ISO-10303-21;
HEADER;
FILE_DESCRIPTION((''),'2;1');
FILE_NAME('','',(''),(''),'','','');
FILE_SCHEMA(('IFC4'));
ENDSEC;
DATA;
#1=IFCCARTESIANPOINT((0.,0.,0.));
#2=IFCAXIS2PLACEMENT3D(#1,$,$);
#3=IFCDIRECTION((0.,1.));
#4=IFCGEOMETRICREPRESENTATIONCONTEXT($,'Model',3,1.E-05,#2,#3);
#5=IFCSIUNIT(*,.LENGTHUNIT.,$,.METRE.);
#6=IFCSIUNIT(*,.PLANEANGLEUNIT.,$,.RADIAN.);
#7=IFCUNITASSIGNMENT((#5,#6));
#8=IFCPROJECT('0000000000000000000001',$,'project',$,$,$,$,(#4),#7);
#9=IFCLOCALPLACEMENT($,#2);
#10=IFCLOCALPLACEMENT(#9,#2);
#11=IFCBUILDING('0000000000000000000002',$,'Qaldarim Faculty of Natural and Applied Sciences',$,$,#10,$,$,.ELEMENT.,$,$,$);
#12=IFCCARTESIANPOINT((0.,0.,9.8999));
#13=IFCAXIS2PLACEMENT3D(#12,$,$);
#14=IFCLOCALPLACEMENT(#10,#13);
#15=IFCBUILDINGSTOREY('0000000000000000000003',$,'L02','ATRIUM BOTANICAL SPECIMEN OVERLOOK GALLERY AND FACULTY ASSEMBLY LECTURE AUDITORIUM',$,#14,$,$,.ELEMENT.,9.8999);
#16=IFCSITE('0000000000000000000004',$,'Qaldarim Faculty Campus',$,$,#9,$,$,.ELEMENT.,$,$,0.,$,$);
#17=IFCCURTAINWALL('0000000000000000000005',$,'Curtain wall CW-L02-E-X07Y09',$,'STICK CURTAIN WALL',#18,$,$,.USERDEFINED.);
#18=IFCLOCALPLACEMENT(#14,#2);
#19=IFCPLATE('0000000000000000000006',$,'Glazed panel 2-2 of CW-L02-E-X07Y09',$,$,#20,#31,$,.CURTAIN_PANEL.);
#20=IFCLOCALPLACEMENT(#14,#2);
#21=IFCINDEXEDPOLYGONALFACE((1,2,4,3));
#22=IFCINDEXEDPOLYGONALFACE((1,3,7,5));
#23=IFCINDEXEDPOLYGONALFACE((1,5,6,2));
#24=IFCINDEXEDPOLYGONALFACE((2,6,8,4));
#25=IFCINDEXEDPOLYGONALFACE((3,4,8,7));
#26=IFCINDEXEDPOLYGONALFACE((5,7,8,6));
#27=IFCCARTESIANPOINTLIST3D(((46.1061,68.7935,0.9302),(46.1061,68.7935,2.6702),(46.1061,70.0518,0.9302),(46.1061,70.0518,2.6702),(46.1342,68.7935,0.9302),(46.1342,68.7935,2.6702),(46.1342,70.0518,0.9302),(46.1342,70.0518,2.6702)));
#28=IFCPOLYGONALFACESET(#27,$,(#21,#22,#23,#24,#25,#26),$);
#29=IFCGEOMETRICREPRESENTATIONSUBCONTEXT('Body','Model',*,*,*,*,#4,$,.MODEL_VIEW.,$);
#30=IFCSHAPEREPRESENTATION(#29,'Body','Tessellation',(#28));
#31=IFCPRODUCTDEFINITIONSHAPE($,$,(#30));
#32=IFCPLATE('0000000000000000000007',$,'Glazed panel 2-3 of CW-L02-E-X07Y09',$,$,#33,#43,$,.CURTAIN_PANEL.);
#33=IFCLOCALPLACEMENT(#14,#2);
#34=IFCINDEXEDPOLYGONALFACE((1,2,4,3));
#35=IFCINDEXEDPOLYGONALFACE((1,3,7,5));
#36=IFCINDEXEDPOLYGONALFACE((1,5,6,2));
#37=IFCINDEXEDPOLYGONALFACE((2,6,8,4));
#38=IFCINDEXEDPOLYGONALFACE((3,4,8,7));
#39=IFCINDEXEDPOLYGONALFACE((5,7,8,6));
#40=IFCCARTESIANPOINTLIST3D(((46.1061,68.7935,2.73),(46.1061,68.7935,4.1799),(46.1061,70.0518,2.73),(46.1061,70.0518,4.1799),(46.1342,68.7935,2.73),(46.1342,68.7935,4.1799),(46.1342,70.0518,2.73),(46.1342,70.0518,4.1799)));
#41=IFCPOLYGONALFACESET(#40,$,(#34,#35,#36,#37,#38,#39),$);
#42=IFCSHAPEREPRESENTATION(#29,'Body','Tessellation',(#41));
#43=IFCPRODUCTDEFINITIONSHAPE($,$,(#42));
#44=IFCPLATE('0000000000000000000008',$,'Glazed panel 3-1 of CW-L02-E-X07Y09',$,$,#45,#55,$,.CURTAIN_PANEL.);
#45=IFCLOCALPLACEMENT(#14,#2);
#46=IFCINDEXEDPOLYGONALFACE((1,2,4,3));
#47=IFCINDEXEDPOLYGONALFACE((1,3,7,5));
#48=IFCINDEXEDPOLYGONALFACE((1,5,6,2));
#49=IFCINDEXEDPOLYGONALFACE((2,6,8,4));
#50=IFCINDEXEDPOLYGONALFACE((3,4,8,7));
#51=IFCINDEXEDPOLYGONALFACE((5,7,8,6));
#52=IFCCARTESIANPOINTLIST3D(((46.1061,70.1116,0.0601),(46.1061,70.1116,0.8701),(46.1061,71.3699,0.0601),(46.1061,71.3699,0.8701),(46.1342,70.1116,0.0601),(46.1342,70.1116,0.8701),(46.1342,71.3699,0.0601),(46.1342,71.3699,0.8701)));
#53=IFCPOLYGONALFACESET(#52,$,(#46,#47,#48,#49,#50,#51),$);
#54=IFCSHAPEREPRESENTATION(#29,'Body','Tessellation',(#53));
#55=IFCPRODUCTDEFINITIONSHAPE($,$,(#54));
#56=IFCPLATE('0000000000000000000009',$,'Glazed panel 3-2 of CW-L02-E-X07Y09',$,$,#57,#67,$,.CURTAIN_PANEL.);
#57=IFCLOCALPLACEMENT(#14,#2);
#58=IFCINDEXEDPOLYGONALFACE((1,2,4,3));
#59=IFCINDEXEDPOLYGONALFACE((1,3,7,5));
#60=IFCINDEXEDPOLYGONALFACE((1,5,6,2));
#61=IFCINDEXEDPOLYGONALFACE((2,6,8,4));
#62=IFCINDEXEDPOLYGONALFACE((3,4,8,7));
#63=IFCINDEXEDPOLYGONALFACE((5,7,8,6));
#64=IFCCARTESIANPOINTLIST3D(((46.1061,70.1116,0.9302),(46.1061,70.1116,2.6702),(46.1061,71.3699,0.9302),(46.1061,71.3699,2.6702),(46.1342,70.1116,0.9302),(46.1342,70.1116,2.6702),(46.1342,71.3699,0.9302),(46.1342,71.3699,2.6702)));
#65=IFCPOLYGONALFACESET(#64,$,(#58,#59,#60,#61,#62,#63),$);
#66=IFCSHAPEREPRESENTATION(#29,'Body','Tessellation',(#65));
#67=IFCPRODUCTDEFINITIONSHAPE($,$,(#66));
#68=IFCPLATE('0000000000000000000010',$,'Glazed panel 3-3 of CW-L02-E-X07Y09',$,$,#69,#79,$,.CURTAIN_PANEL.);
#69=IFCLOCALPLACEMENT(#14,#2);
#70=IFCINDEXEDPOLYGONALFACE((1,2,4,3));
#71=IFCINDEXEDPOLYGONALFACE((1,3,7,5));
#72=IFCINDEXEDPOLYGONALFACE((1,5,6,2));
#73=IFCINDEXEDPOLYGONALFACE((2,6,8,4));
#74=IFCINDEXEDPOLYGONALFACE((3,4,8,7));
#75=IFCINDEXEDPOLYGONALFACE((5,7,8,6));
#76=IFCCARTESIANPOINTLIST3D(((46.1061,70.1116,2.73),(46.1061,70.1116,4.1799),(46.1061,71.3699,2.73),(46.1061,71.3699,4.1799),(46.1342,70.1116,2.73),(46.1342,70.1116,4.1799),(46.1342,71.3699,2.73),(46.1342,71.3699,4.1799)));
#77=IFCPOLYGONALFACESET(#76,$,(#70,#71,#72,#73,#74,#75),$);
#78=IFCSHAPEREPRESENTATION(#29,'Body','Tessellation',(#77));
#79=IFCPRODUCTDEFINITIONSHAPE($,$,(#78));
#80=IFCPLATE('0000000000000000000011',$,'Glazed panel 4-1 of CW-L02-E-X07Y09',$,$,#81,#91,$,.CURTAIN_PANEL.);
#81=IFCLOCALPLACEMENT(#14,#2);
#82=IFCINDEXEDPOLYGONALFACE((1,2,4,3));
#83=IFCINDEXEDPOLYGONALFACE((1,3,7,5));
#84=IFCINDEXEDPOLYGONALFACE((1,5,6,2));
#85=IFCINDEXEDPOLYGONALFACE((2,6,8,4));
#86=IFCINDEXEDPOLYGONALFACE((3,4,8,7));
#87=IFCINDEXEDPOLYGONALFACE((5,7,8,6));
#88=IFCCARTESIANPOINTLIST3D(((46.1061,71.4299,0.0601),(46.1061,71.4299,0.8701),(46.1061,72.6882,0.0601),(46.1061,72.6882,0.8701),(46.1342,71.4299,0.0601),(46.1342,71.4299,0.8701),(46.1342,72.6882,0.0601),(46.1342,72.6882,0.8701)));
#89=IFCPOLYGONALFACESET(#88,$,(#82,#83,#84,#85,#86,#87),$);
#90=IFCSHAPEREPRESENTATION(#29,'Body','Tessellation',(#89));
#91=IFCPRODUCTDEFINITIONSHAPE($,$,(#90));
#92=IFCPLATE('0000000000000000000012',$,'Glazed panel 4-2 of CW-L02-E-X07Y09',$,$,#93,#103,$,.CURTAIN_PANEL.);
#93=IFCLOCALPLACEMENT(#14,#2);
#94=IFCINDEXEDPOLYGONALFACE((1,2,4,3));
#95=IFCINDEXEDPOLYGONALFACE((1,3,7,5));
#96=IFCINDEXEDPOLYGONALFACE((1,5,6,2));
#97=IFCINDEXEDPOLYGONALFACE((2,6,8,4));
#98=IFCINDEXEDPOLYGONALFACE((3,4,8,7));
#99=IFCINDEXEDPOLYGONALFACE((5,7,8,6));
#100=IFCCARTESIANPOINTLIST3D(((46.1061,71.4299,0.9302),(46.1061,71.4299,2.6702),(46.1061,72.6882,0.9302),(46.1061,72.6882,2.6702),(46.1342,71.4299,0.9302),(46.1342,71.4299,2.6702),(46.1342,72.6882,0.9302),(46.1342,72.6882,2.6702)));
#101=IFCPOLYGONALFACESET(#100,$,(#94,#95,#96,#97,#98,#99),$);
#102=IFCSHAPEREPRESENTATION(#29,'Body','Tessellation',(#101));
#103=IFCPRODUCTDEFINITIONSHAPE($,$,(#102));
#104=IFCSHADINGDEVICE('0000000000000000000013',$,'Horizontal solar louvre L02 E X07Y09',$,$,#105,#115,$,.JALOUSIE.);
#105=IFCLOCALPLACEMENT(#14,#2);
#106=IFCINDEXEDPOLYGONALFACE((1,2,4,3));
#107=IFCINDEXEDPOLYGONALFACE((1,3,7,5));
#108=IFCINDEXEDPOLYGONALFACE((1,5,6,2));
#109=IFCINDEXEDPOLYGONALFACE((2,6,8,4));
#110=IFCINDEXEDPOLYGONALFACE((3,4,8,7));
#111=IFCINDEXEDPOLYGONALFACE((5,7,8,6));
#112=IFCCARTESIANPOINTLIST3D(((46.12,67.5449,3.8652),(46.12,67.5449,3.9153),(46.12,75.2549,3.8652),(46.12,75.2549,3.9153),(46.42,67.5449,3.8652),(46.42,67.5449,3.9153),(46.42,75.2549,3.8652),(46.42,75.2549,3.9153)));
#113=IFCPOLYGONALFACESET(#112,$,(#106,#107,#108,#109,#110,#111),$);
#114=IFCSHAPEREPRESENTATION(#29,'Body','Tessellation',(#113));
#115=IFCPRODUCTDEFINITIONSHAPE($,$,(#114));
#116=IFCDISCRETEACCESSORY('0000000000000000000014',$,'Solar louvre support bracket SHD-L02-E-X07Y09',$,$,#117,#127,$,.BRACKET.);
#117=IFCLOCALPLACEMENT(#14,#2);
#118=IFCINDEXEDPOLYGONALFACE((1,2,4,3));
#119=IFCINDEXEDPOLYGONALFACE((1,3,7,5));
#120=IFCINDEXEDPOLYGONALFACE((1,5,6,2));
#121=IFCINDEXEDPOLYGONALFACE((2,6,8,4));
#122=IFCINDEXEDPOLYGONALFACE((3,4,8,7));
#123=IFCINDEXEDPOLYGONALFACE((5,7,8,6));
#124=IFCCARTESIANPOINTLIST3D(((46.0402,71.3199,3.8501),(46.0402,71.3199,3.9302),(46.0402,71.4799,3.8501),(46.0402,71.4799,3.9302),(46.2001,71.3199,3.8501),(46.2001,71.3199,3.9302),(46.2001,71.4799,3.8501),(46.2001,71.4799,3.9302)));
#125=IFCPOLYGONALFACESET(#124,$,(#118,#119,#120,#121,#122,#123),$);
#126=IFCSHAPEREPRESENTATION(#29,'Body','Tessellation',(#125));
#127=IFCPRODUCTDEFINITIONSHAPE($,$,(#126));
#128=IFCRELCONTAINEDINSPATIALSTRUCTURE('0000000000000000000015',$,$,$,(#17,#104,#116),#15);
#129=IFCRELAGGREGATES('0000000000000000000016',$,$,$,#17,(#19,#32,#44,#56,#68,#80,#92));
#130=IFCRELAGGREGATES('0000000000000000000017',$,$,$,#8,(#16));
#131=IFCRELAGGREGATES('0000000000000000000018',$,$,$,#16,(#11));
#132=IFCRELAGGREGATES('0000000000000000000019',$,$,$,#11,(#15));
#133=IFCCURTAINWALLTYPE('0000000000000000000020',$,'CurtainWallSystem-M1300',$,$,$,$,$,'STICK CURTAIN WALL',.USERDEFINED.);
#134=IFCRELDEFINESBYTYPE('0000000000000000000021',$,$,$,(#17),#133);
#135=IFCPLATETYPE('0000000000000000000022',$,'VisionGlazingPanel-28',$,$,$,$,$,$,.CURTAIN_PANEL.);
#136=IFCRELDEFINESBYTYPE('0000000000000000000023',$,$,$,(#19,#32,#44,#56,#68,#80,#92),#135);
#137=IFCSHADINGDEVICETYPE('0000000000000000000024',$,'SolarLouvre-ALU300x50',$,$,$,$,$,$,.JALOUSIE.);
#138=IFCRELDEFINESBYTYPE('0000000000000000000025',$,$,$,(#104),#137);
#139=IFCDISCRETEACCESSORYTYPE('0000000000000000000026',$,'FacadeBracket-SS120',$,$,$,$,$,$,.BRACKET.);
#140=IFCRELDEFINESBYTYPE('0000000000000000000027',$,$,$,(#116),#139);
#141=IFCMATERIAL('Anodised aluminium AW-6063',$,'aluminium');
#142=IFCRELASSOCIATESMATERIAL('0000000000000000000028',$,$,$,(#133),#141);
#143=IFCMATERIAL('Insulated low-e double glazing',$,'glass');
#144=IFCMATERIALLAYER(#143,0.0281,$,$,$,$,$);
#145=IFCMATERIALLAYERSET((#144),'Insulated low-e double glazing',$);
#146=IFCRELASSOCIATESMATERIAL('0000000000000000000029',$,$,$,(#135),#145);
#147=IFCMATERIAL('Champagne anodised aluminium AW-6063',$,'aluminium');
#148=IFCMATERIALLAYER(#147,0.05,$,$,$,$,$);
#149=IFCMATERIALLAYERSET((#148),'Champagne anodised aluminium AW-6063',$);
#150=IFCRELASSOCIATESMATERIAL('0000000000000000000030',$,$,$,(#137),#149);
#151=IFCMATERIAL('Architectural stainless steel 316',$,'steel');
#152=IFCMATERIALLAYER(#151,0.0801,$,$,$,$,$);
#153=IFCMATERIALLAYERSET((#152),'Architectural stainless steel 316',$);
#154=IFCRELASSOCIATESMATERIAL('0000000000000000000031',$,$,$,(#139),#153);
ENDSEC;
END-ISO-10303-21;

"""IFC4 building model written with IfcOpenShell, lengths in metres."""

from ifc_helpers import new_model, si_unit, direction, frame, origin, origin_2d, place, context, subcontext, project, spatial, rectangle, extrude, material, layer, layer_set, type_object, element, aggregate, save


model = new_model("IFC4")

# Units and contexts
model_context = context("Model", 3, precision=1e-05, world=origin(), true_north=direction((0.0, 1.0)))
body_context = subcontext(model_context, "Body", "Model", "MODEL_VIEW")
ifc_project = project(units=[si_unit("LENGTHUNIT", "METRE"), si_unit("PLANEANGLEUNIT", "RADIAN")], contexts=[model_context])

# Site, building, storey
site_placement = place(None, origin())
site = spatial("IfcSite", under=ifc_project, at=site_placement, Name="Qaldarim Faculty Campus", CompositionType="ELEMENT", RefElevation=0.0)
building_placement = place(site_placement, origin())
building = spatial("IfcBuilding", under=site, at=building_placement, Name="Qaldarim Faculty of Natural and Applied Sciences", CompositionType="ELEMENT")
storey_placement = place(building_placement, frame((0.0, 0.0, 9.8999)))
storey = spatial("IfcBuildingStorey", under=building, at=storey_placement, Name="L02", Description="ATRIUM BOTANICAL SPECIMEN OVERLOOK GALLERY AND FACULTY ASSEMBLY LECTURE AUDITORIUM", CompositionType="ELEMENT", Elevation=9.8999)

# Curtain wall, plates
ifc_material_1 = material(Name="Anodised aluminium AW-6063", Category="aluminium")
curtain_wall_type = type_object("IfcCurtainWallType", Name="CurtainWallSystem-M1300", ElementType="STICK CURTAIN WALL", PredefinedType="USERDEFINED", material=ifc_material_1)
curtain_wall_placement = place(storey_placement, origin())
curtain_wall = element("IfcCurtainWall", 1, at=curtain_wall_placement, inside=storey, type_object=curtain_wall_type, Name="Curtain wall CW-L02-E-X07Y09", ObjectType="STICK CURTAIN WALL", PredefinedType="USERDEFINED")
ifc_material_2 = material(Name="Insulated low-e double glazing", Category="glass")
ifc_layer_1 = layer(ifc_material_2, 0.0281)
ifc_layer_set_1 = layer_set([ifc_layer_1], Name="Insulated low-e double glazing")
plate_type = type_object("IfcPlateType", Name="VisionGlazingPanel-28", PredefinedType="CURTAIN_PANEL", material=ifc_layer_set_1)
plate_1_placement = place(storey_placement, frame((46.1201, 69.4226, 0.9302), z_axis=(0.0, 0.0, 1.0), x_axis=(0.0, 1.0, 0.0)))
plate_1 = element("IfcPlate", 2, at=plate_1_placement, type_object=plate_type, Name="Glazed panel 2-2 of CW-L02-E-X07Y09", PredefinedType="CURTAIN_PANEL", context=body_context, shape_type="SweptSolid", body=[
    extrude(rectangle(XDim=1.2583, YDim=0.0281, at=origin_2d()), origin(), (0.0, 0.0, 1.0), 1.74),
])
plate_2_placement = place(storey_placement, frame((46.1201, 69.4226, 2.73), z_axis=(0.0, 0.0, 1.0), x_axis=(0.0, 1.0, 0.0)))
plate_2 = element("IfcPlate", 3, at=plate_2_placement, type_object=plate_type, Name="Glazed panel 2-3 of CW-L02-E-X07Y09", PredefinedType="CURTAIN_PANEL", context=body_context, shape_type="SweptSolid", body=[
    extrude(rectangle(XDim=1.2583, YDim=0.0281, at=origin_2d()), origin(), (0.0, 0.0, 1.0), 1.45),
])
plate_3_placement = place(storey_placement, frame((46.1201, 70.7407, 0.0601), z_axis=(0.0, 0.0, 1.0), x_axis=(0.0, 1.0, 0.0)))
plate_3 = element("IfcPlate", 4, at=plate_3_placement, type_object=plate_type, Name="Glazed panel 3-1 of CW-L02-E-X07Y09", PredefinedType="CURTAIN_PANEL", context=body_context, shape_type="SweptSolid", body=[
    extrude(rectangle(XDim=1.2583, YDim=0.0281, at=origin_2d()), origin(), (0.0, 0.0, 1.0), 0.8101),
])
plate_4_placement = place(storey_placement, frame((46.1201, 70.7407, 0.9302), z_axis=(0.0, 0.0, 1.0), x_axis=(0.0, 1.0, 0.0)))
plate_4 = element("IfcPlate", 5, at=plate_4_placement, type_object=plate_type, Name="Glazed panel 3-2 of CW-L02-E-X07Y09", PredefinedType="CURTAIN_PANEL", context=body_context, shape_type="SweptSolid", body=[
    extrude(rectangle(XDim=1.2583, YDim=0.0281, at=origin_2d()), origin(), (0.0, 0.0, 1.0), 1.74),
])
plate_5_placement = place(storey_placement, frame((46.1201, 70.7407, 2.73), z_axis=(0.0, 0.0, 1.0), x_axis=(0.0, 1.0, 0.0)))
plate_5 = element("IfcPlate", 6, at=plate_5_placement, type_object=plate_type, Name="Glazed panel 3-3 of CW-L02-E-X07Y09", PredefinedType="CURTAIN_PANEL", context=body_context, shape_type="SweptSolid", body=[
    extrude(rectangle(XDim=1.2583, YDim=0.0281, at=origin_2d()), origin(), (0.0, 0.0, 1.0), 1.45),
])
plate_6_placement = place(storey_placement, frame((46.1201, 72.0591, 0.0601), z_axis=(0.0, 0.0, 1.0), x_axis=(0.0, 1.0, 0.0)))
plate_6 = element("IfcPlate", 7, at=plate_6_placement, type_object=plate_type, Name="Glazed panel 4-1 of CW-L02-E-X07Y09", PredefinedType="CURTAIN_PANEL", context=body_context, shape_type="SweptSolid", body=[
    extrude(rectangle(XDim=1.2583, YDim=0.0281, at=origin_2d()), origin(), (0.0, 0.0, 1.0), 0.8101),
])
plate_7_placement = place(storey_placement, frame((46.1201, 72.0591, 0.9302), z_axis=(0.0, 0.0, 1.0), x_axis=(0.0, 1.0, 0.0)))
plate_7 = element("IfcPlate", 8, at=plate_7_placement, type_object=plate_type, Name="Glazed panel 4-2 of CW-L02-E-X07Y09", PredefinedType="CURTAIN_PANEL", context=body_context, shape_type="SweptSolid", body=[
    extrude(rectangle(XDim=1.2583, YDim=0.0281, at=origin_2d()), origin(), (0.0, 0.0, 1.0), 1.74),
])
aggregate(curtain_wall, [plate_1, plate_2, plate_3, plate_4, plate_5, plate_6, plate_7])

# Shading device
ifc_material_3 = material(Name="Champagne anodised aluminium AW-6063", Category="aluminium")
ifc_layer_2 = layer(ifc_material_3, 0.05)
ifc_layer_set_2 = layer_set([ifc_layer_2], Name="Champagne anodised aluminium AW-6063")
shading_device_type = type_object("IfcShadingDeviceType", Name="SolarLouvre-ALU300x50", PredefinedType="JALOUSIE", material=ifc_layer_set_2)
shading_device_placement = place(storey_placement, frame((46.27, 71.3999, 3.8652), z_axis=(0.0, 0.0, 1.0), x_axis=(0.0, 1.0, 0.0)))
element("IfcShadingDevice", 9, at=shading_device_placement, inside=storey, type_object=shading_device_type, Name="Horizontal solar louvre L02 E X07Y09", PredefinedType="JALOUSIE", context=body_context, shape_type="SweptSolid", body=[
    extrude(rectangle(XDim=7.71, YDim=0.3, at=origin_2d()), origin(), (0.0, 0.0, 1.0), 0.05),
])

# Discrete accessory
ifc_material_4 = material(Name="Architectural stainless steel 316", Category="steel")
ifc_layer_3 = layer(ifc_material_4, 0.0801)
ifc_layer_set_3 = layer_set([ifc_layer_3], Name="Architectural stainless steel 316")
discrete_accessory_type = type_object("IfcDiscreteAccessoryType", Name="FacadeBracket-SS120", PredefinedType="BRACKET", material=ifc_layer_set_3)
discrete_accessory_placement = place(storey_placement, frame((46.1201, 71.3999, 3.8501), z_axis=(0.0, 0.0, 1.0), x_axis=(0.0, 1.0, 0.0)))
element("IfcDiscreteAccessory", 10, at=discrete_accessory_placement, inside=storey, type_object=discrete_accessory_type, Name="Solar louvre support bracket SHD-L02-E-X07Y09", PredefinedType="BRACKET", context=body_context, shape_type="SweptSolid", body=[
    extrude(rectangle(XDim=0.1599, YDim=0.1599, at=origin_2d()), origin(), (0.0, 0.0, 1.0), 0.0801),
])

save(model, "model.ifc")
